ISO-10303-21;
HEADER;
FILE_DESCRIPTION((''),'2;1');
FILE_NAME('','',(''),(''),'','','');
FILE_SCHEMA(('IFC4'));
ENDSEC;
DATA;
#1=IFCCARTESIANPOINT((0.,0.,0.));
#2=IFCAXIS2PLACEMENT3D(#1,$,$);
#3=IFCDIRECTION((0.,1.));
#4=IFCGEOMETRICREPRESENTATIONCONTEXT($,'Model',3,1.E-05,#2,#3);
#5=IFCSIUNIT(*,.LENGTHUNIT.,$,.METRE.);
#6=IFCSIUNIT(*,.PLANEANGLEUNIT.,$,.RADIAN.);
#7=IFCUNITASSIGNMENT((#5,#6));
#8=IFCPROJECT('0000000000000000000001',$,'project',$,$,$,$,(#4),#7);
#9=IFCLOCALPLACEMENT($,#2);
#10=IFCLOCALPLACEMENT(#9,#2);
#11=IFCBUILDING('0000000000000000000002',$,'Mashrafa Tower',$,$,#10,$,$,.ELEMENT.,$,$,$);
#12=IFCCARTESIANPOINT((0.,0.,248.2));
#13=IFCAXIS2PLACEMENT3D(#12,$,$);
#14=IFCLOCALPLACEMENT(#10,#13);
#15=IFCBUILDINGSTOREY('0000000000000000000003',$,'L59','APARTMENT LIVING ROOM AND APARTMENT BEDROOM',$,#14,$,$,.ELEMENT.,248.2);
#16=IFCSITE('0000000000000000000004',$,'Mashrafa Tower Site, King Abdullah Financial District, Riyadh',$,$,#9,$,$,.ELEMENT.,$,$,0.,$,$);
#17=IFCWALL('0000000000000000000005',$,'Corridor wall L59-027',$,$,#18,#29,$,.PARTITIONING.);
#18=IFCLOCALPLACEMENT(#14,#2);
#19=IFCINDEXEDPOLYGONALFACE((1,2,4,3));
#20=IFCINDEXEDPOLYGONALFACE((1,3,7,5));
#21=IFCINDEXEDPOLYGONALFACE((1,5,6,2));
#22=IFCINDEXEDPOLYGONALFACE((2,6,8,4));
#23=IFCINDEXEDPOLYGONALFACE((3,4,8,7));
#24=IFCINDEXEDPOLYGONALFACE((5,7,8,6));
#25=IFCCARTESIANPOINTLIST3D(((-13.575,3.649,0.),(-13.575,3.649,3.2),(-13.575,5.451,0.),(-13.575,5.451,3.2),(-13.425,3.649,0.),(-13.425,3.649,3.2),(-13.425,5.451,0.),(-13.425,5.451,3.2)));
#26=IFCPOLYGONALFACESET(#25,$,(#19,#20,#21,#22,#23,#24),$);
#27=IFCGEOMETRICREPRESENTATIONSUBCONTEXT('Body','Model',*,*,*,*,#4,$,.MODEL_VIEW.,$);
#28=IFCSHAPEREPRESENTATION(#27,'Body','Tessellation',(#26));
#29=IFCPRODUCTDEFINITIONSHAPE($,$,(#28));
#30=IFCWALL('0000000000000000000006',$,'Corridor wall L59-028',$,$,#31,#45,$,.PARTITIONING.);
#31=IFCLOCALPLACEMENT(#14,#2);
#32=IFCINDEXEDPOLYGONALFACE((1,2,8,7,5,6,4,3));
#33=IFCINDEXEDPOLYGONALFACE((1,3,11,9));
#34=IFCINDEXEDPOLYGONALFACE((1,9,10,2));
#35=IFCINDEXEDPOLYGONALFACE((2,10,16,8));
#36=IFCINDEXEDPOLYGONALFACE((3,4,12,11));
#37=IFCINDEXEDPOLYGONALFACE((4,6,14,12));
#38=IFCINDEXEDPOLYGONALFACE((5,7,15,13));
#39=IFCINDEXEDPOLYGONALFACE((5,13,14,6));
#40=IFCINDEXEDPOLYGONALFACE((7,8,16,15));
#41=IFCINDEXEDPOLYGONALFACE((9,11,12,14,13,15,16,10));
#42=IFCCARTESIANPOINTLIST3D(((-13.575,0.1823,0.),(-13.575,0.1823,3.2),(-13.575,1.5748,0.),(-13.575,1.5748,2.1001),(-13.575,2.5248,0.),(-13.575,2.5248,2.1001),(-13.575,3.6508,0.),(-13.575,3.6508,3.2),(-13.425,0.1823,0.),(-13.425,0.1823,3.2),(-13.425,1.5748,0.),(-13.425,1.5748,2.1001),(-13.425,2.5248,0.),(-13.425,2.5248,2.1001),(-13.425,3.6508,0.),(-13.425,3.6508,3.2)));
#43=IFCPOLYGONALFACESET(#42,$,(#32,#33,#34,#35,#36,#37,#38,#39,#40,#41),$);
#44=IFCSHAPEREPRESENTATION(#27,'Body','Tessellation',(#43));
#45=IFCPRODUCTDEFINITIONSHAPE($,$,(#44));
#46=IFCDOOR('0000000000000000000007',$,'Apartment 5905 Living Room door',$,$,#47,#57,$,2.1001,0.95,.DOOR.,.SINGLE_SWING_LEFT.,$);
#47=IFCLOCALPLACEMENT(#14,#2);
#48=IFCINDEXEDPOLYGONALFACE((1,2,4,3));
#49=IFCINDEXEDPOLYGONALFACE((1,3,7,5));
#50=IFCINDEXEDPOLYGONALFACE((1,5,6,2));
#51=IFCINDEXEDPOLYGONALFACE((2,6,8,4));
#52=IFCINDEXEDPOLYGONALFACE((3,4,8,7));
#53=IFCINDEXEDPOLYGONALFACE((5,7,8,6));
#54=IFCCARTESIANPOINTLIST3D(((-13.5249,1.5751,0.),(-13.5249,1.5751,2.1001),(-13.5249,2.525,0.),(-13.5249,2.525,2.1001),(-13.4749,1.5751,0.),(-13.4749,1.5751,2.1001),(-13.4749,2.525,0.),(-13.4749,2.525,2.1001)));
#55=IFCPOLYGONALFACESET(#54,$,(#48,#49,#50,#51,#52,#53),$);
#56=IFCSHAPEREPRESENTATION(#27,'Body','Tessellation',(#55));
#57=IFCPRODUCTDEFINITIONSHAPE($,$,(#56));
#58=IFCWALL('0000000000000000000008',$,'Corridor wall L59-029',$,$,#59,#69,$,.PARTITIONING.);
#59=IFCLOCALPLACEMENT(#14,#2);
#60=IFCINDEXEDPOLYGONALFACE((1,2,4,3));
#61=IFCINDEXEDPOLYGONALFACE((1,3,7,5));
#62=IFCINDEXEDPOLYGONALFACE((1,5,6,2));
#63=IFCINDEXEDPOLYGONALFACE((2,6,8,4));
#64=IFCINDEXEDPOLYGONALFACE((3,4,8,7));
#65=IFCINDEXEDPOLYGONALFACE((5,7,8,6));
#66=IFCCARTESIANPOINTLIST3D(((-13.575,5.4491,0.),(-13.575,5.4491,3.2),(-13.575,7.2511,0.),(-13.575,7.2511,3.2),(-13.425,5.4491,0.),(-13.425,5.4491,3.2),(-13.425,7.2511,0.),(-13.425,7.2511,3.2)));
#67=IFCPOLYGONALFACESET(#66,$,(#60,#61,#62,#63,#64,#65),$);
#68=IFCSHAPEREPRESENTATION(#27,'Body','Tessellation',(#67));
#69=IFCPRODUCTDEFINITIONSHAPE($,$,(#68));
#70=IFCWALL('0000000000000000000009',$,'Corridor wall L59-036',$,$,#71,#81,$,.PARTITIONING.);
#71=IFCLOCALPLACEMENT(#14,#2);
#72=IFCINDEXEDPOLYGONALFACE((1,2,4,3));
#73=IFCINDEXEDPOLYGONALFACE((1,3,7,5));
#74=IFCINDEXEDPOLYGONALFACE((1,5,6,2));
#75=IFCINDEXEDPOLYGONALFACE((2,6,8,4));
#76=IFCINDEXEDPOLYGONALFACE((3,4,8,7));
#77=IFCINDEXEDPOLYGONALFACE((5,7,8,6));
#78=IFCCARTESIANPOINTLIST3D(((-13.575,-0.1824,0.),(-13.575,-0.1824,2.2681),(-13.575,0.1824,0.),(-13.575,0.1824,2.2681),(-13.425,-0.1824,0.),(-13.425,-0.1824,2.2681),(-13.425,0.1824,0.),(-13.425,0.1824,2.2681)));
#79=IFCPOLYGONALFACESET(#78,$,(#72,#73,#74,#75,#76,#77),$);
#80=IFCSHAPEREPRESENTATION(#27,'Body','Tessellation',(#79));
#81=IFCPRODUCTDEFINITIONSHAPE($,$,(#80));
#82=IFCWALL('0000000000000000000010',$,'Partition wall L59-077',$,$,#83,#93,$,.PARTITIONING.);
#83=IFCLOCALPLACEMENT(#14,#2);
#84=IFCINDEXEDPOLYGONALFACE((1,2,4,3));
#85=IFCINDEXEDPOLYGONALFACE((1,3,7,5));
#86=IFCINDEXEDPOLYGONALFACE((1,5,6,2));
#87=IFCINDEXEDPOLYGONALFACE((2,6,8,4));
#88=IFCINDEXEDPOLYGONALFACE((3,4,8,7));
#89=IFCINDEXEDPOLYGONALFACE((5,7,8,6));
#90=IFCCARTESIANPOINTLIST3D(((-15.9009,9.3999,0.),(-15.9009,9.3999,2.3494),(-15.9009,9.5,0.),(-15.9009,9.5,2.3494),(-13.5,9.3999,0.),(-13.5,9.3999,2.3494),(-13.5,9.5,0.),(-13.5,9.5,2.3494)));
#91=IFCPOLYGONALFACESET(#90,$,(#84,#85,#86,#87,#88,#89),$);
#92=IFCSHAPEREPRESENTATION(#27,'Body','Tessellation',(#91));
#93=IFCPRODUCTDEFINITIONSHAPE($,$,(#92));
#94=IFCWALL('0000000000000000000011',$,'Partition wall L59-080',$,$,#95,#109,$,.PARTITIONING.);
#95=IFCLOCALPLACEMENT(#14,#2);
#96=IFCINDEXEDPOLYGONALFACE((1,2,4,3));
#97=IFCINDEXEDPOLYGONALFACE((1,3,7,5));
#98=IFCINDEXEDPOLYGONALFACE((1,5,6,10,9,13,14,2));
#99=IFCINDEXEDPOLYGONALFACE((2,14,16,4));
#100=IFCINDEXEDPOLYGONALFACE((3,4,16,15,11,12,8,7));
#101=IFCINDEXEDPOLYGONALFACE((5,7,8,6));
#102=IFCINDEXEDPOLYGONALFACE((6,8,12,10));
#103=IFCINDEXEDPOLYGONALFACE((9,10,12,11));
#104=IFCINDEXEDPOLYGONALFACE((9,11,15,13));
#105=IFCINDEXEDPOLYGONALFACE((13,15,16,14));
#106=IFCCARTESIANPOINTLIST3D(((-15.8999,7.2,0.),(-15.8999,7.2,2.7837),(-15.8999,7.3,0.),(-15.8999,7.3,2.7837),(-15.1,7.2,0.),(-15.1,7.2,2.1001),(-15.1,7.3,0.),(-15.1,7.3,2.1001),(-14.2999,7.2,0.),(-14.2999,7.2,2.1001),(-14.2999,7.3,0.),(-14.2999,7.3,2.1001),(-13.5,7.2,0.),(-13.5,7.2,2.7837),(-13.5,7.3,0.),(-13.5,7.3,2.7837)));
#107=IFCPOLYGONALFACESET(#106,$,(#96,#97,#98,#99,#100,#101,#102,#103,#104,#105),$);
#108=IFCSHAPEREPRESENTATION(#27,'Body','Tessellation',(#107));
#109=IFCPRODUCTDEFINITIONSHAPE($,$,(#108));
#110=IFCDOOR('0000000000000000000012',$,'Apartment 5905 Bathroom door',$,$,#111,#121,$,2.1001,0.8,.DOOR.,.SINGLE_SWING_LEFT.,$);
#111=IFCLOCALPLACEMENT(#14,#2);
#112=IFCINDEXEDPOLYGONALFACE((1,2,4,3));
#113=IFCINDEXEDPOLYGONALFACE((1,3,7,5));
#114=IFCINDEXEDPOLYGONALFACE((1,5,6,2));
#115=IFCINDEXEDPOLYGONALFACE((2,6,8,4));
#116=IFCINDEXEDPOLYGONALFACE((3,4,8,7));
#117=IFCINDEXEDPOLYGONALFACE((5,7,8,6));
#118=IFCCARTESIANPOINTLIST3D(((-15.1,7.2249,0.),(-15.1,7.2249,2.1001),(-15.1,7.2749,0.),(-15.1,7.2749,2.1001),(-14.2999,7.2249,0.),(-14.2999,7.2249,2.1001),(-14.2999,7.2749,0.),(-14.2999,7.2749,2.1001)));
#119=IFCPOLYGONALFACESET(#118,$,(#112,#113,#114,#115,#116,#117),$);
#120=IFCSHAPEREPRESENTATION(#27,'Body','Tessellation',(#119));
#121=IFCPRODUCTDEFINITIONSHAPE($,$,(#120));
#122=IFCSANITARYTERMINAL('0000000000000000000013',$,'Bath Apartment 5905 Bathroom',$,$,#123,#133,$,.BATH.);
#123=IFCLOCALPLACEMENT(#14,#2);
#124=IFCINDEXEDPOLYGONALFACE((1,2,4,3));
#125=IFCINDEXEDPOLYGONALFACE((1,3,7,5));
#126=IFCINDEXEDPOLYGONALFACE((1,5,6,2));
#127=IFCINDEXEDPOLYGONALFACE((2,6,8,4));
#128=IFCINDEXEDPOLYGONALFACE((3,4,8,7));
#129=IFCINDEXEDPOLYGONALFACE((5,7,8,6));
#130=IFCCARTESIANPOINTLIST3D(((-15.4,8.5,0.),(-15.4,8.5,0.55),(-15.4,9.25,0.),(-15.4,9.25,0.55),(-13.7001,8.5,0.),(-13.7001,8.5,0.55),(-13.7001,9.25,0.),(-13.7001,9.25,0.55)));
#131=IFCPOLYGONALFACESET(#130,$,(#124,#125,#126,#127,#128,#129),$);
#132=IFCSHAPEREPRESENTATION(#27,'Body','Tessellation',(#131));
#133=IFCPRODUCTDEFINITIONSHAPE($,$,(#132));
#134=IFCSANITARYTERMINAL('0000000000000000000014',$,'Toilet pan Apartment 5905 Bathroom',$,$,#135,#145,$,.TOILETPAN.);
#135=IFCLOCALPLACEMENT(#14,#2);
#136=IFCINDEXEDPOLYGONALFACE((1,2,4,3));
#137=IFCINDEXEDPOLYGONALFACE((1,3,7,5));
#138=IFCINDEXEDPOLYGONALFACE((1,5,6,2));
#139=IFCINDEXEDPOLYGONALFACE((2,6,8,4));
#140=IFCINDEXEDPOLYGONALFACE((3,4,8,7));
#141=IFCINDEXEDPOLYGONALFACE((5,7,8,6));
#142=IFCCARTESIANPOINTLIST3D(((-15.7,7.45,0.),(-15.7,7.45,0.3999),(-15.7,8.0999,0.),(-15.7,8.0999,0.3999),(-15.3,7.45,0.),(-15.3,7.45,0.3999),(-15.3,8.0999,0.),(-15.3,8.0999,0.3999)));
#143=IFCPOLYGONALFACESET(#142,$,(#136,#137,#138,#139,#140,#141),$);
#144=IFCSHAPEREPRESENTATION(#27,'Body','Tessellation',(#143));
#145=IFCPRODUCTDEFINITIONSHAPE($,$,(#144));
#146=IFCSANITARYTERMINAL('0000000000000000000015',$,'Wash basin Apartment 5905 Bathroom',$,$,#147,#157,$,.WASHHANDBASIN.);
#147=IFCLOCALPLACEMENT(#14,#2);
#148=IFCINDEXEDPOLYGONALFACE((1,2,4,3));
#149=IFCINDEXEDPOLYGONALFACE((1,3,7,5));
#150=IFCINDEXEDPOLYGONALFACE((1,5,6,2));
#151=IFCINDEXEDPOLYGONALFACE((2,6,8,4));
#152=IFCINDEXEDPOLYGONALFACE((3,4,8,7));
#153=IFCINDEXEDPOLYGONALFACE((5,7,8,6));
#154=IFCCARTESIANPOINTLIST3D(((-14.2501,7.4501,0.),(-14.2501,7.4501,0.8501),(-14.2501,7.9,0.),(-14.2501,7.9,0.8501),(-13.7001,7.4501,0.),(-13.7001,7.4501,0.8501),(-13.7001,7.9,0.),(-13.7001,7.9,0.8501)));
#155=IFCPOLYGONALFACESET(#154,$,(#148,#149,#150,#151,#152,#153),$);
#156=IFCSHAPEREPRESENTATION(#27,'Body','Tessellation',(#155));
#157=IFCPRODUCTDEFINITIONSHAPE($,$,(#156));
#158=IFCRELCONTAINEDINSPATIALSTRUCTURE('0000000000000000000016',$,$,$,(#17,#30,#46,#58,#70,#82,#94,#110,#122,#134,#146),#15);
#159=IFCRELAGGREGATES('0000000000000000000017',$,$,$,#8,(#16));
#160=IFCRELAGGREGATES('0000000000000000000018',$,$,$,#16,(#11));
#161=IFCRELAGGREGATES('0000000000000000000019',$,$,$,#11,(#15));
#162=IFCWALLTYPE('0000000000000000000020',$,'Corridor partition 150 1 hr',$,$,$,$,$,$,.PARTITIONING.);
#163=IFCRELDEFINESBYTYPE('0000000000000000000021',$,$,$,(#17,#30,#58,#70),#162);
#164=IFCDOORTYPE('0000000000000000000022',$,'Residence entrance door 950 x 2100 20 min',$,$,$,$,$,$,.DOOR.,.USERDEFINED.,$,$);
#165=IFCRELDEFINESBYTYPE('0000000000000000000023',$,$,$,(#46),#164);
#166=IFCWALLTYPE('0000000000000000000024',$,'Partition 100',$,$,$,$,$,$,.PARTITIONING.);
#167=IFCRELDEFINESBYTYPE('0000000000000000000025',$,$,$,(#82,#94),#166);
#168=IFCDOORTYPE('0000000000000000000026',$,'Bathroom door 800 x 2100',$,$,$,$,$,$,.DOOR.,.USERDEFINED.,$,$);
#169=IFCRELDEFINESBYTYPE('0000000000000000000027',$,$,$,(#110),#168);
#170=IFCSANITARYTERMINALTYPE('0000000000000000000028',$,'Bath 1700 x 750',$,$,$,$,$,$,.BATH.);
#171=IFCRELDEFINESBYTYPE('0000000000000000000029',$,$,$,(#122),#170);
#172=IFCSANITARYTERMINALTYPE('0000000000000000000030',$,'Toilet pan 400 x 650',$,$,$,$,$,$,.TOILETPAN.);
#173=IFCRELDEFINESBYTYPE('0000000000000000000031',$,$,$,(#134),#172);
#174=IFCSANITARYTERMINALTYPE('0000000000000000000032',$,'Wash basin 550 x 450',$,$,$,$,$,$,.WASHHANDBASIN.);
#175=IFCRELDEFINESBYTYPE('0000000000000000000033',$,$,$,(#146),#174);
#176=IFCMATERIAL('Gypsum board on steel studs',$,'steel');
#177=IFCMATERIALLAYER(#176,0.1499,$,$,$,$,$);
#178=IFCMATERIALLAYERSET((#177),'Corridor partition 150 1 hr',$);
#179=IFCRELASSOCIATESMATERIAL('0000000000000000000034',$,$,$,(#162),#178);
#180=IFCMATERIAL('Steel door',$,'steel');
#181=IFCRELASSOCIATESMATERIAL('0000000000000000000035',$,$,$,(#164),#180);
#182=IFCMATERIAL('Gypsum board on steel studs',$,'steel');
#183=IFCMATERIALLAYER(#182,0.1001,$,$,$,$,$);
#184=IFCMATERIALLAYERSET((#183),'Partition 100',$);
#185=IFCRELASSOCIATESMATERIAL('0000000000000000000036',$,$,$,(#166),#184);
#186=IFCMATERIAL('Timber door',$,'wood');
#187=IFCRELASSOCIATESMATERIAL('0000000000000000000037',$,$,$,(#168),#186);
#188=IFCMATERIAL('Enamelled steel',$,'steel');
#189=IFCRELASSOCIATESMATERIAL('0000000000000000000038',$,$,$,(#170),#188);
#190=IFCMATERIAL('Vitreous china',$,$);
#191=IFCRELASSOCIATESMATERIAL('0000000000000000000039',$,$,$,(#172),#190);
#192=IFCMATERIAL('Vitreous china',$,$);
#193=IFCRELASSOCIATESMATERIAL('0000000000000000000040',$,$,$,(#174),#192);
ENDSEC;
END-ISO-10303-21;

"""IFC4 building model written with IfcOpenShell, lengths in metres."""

from ifc_helpers import new_model, si_unit, direction, frame, frame_2d, origin, origin_2d, place, context, subcontext, project, spatial, rectangle, extrude, material, layer, layer_set, type_object, element, fill, save


model = new_model("IFC4")

# Units and contexts
model_context = context("Model", 3, precision=1e-05, world=origin(), true_north=direction((0.0, 1.0)))
body_context = subcontext(model_context, "Body", "Model", "MODEL_VIEW")
ifc_project = project(units=[si_unit("LENGTHUNIT", "METRE"), si_unit("PLANEANGLEUNIT", "RADIAN")], contexts=[model_context])

# Site, building, storey
site_placement = place(None, origin())
site = spatial("IfcSite", under=ifc_project, at=site_placement, Name="Mashrafa Tower Site, King Abdullah Financial District, Riyadh", CompositionType="ELEMENT", RefElevation=0.0)
building_placement = place(site_placement, origin())
building = spatial("IfcBuilding", under=site, at=building_placement, Name="Mashrafa Tower", CompositionType="ELEMENT")
storey_placement = place(building_placement, frame((0.0, 0.0, 248.2)))
storey = spatial("IfcBuildingStorey", under=building, at=storey_placement, Name="L59", Description="APARTMENT LIVING ROOM AND APARTMENT BEDROOM", CompositionType="ELEMENT", Elevation=248.2)

# Wall
ifc_material_1 = material(Name="Gypsum board on steel studs", Category="steel")
ifc_layer_1 = layer(ifc_material_1, 0.1499)
ifc_layer_set_1 = layer_set([ifc_layer_1], Name="Corridor partition 150 1 hr")
wall_type_1 = type_object("IfcWallType", Name="Corridor partition 150 1 hr", PredefinedType="PARTITIONING", material=ifc_layer_set_1)
wall_1_placement = place(storey_placement, frame((-13.5, 5.4509, 0.0), z_axis=(0.0, 0.0, 1.0), x_axis=(0.0, -1.0, 0.0)))
element("IfcWall", 1, at=wall_1_placement, inside=storey, type_object=wall_type_1, Name="Corridor wall L59-027", PredefinedType="PARTITIONING", context=body_context, shape_type="SweptSolid", body=[
    extrude(rectangle(XDim=1.802, YDim=0.1499, at=frame_2d((0.9009, 0.0))), origin(), (0.0, 0.0, 1.0), 3.2),
])

# Wall, opening, door
wall_2_placement = place(storey_placement, frame((-13.5, 3.6509, 0.0), z_axis=(0.0, 0.0, 1.0), x_axis=(0.0, -1.0, 0.0)))
wall_2 = element("IfcWall", 2, at=wall_2_placement, inside=storey, type_object=wall_type_1, Name="Corridor wall L59-028", PredefinedType="PARTITIONING", context=body_context, shape_type="SweptSolid", body=[
    extrude(rectangle(XDim=3.4685, YDim=0.1499, at=frame_2d((1.7344, 0.0))), origin(), (0.0, 0.0, 1.0), 3.2),
])
opening_1_placement = place(wall_2_placement, frame((1.126, 0.0, 0.0)))
opening_1 = element("IfcOpeningElement", 3, at=opening_1_placement, cuts=wall_2, PredefinedType="OPENING", context=body_context, shape_type="SweptSolid", body=[
    extrude(rectangle(XDim=0.95, YDim=2.1001, at=frame_2d((0.4751, 1.05))), frame((0.0, 0.085, 0.0), z_axis=(0.0, -1.0, 0.0), x_axis=(1.0, 0.0, 0.0)), (0.0, 0.0, 1.0), 0.1699),
])
ifc_material_2 = material(Name="Steel door", Category="steel")
door_type_1 = type_object("IfcDoorType", Name="Residence entrance door 950 x 2100 20 min", OperationType="USERDEFINED", PredefinedType="DOOR", material=ifc_material_2)
door_1_placement = place(opening_1_placement, frame((0.95, 0.0, 0.0), z_axis=(0.0, 0.0, 1.0), x_axis=(-1.0, 0.0, 0.0)))
door_1 = element("IfcDoor", 4, at=door_1_placement, inside=storey, type_object=door_type_1, Name="Apartment 5905 Living Room door", OperationType="SINGLE_SWING_LEFT", OverallHeight=2.1001, OverallWidth=0.95, PredefinedType="DOOR", context=body_context, shape_type="SweptSolid", body=[
    extrude(rectangle(XDim=0.95, YDim=2.1001, at=frame_2d((0.4751, 1.05))), frame((0.0, 0.0249, 0.0), z_axis=(0.0, -1.0, 0.0), x_axis=(1.0, 0.0, 0.0)), (0.0, 0.0, 1.0), 0.05),
])
fill(opening_1, door_1)

# Walls
wall_3_placement = place(storey_placement, frame((-13.5, 7.251, 0.0), z_axis=(0.0, 0.0, 1.0), x_axis=(0.0, -1.0, 0.0)))
element("IfcWall", 5, at=wall_3_placement, inside=storey, type_object=wall_type_1, Name="Corridor wall L59-029", PredefinedType="PARTITIONING", context=body_context, shape_type="SweptSolid", body=[
    extrude(rectangle(XDim=1.802, YDim=0.1499, at=frame_2d((0.9009, 0.0))), origin(), (0.0, 0.0, 1.0), 3.2),
])
wall_4_placement = place(storey_placement, frame((-13.5, 0.1824, 0.0), z_axis=(0.0, 0.0, 1.0), x_axis=(0.0, -1.0, 0.0)))
element("IfcWall", 6, at=wall_4_placement, inside=storey, type_object=wall_type_1, Name="Corridor wall L59-036", PredefinedType="PARTITIONING", context=body_context, shape_type="SweptSolid", body=[
    extrude(rectangle(XDim=0.3647, YDim=0.1499, at=frame_2d((0.1824, 0.0))), origin(), (0.0, 0.0, 1.0), 2.2681),
])
ifc_material_3 = material(Name="Gypsum board on steel studs", Category="steel")
ifc_layer_2 = layer(ifc_material_3, 0.1001)
ifc_layer_set_2 = layer_set([ifc_layer_2], Name="Partition 100")
wall_type_2 = type_object("IfcWallType", Name="Partition 100", PredefinedType="PARTITIONING", material=ifc_layer_set_2)
wall_5_placement = place(storey_placement, frame((-15.9009, 9.45, 0.0), z_axis=(0.0, 0.0, 1.0), x_axis=(1.0, 0.0, 0.0)))
element("IfcWall", 7, at=wall_5_placement, inside=storey, type_object=wall_type_2, Name="Partition wall L59-077", PredefinedType="PARTITIONING", context=body_context, shape_type="SweptSolid", body=[
    extrude(rectangle(XDim=2.4009, YDim=0.1001, at=frame_2d((1.2004, 0.0))), origin(), (0.0, 0.0, 1.0), 2.3494),
])

# Wall, opening, door
wall_6_placement = place(storey_placement, frame((-15.8999, 7.25, 0.0), z_axis=(0.0, 0.0, 1.0), x_axis=(1.0, 0.0, 0.0)))
wall_6 = element("IfcWall", 8, at=wall_6_placement, inside=storey, type_object=wall_type_2, Name="Partition wall L59-080", PredefinedType="PARTITIONING", context=body_context, shape_type="SweptSolid", body=[
    extrude(rectangle(XDim=2.3999, YDim=0.1001, at=frame_2d((1.2, 0.0))), origin(), (0.0, 0.0, 1.0), 2.7837),
])
opening_2_placement = place(wall_6_placement, frame((0.8, 0.0, 0.0)))
opening_2 = element("IfcOpeningElement", 9, at=opening_2_placement, cuts=wall_6, PredefinedType="OPENING", context=body_context, shape_type="SweptSolid", body=[
    extrude(rectangle(XDim=0.8, YDim=2.1001, at=frame_2d((0.3999, 1.05))), frame((0.0, 0.0601, 0.0), z_axis=(0.0, -1.0, 0.0), x_axis=(1.0, 0.0, 0.0)), (0.0, 0.0, 1.0), 0.1201),
])
ifc_material_4 = material(Name="Timber door", Category="wood")
door_type_2 = type_object("IfcDoorType", Name="Bathroom door 800 x 2100", OperationType="USERDEFINED", PredefinedType="DOOR", material=ifc_material_4)
door_2_placement = place(opening_2_placement, origin())
door_2 = element("IfcDoor", 10, at=door_2_placement, inside=storey, type_object=door_type_2, Name="Apartment 5905 Bathroom door", OperationType="SINGLE_SWING_LEFT", OverallHeight=2.1001, OverallWidth=0.8, PredefinedType="DOOR", context=body_context, shape_type="SweptSolid", body=[
    extrude(rectangle(XDim=0.8, YDim=2.1001, at=frame_2d((0.3999, 1.05))), frame((0.0, 0.0249, 0.0), z_axis=(0.0, -1.0, 0.0), x_axis=(1.0, 0.0, 0.0)), (0.0, 0.0, 1.0), 0.05),
])
fill(opening_2, door_2)

# Sanitary terminals
ifc_material_5 = material(Name="Enamelled steel", Category="steel")
sanitary_terminal_type_1 = type_object("IfcSanitaryTerminalType", Name="Bath 1700 x 750", PredefinedType="BATH", material=ifc_material_5)
sanitary_terminal_1_placement = place(storey_placement, frame((-14.55, 8.875, 0.0), z_axis=(0.0, 0.0, 1.0), x_axis=(-1.0, 0.0, 0.0)))
element("IfcSanitaryTerminal", 11, at=sanitary_terminal_1_placement, inside=storey, type_object=sanitary_terminal_type_1, Name="Bath Apartment 5905 Bathroom", PredefinedType="BATH", context=body_context, shape_type="SweptSolid", body=[
    extrude(rectangle(XDim=1.7, YDim=0.75, at=origin_2d()), origin(), (0.0, 0.0, 1.0), 0.55),
])
ifc_material_6 = material(Name="Vitreous china")
sanitary_terminal_type_2 = type_object("IfcSanitaryTerminalType", Name="Toilet pan 400 x 650", PredefinedType="TOILETPAN", material=ifc_material_6)
sanitary_terminal_2_placement = place(storey_placement, frame((-15.5, 7.7749, 0.0), z_axis=(0.0, 0.0, 1.0), x_axis=(1.0, 0.0, 0.0)))
element("IfcSanitaryTerminal", 12, at=sanitary_terminal_2_placement, inside=storey, type_object=sanitary_terminal_type_2, Name="Toilet pan Apartment 5905 Bathroom", PredefinedType="TOILETPAN", context=body_context, shape_type="SweptSolid", body=[
    extrude(rectangle(XDim=0.3999, YDim=0.6499, at=origin_2d()), origin(), (0.0, 0.0, 1.0), 0.3999),
])
ifc_material_7 = material(Name="Vitreous china")
sanitary_terminal_type_3 = type_object("IfcSanitaryTerminalType", Name="Wash basin 550 x 450", PredefinedType="WASHHANDBASIN", material=ifc_material_7)
sanitary_terminal_3_placement = place(storey_placement, frame((-13.9751, 7.675, 0.0), z_axis=(0.0, 0.0, 1.0), x_axis=(1.0, 0.0, 0.0)))
element("IfcSanitaryTerminal", 13, at=sanitary_terminal_3_placement, inside=storey, type_object=sanitary_terminal_type_3, Name="Wash basin Apartment 5905 Bathroom", PredefinedType="WASHHANDBASIN", context=body_context, shape_type="SweptSolid", body=[
    extrude(rectangle(XDim=0.55, YDim=0.45, at=origin_2d()), origin(), (0.0, 0.0, 1.0), 0.8501),
])

save(model, "model.ifc")
